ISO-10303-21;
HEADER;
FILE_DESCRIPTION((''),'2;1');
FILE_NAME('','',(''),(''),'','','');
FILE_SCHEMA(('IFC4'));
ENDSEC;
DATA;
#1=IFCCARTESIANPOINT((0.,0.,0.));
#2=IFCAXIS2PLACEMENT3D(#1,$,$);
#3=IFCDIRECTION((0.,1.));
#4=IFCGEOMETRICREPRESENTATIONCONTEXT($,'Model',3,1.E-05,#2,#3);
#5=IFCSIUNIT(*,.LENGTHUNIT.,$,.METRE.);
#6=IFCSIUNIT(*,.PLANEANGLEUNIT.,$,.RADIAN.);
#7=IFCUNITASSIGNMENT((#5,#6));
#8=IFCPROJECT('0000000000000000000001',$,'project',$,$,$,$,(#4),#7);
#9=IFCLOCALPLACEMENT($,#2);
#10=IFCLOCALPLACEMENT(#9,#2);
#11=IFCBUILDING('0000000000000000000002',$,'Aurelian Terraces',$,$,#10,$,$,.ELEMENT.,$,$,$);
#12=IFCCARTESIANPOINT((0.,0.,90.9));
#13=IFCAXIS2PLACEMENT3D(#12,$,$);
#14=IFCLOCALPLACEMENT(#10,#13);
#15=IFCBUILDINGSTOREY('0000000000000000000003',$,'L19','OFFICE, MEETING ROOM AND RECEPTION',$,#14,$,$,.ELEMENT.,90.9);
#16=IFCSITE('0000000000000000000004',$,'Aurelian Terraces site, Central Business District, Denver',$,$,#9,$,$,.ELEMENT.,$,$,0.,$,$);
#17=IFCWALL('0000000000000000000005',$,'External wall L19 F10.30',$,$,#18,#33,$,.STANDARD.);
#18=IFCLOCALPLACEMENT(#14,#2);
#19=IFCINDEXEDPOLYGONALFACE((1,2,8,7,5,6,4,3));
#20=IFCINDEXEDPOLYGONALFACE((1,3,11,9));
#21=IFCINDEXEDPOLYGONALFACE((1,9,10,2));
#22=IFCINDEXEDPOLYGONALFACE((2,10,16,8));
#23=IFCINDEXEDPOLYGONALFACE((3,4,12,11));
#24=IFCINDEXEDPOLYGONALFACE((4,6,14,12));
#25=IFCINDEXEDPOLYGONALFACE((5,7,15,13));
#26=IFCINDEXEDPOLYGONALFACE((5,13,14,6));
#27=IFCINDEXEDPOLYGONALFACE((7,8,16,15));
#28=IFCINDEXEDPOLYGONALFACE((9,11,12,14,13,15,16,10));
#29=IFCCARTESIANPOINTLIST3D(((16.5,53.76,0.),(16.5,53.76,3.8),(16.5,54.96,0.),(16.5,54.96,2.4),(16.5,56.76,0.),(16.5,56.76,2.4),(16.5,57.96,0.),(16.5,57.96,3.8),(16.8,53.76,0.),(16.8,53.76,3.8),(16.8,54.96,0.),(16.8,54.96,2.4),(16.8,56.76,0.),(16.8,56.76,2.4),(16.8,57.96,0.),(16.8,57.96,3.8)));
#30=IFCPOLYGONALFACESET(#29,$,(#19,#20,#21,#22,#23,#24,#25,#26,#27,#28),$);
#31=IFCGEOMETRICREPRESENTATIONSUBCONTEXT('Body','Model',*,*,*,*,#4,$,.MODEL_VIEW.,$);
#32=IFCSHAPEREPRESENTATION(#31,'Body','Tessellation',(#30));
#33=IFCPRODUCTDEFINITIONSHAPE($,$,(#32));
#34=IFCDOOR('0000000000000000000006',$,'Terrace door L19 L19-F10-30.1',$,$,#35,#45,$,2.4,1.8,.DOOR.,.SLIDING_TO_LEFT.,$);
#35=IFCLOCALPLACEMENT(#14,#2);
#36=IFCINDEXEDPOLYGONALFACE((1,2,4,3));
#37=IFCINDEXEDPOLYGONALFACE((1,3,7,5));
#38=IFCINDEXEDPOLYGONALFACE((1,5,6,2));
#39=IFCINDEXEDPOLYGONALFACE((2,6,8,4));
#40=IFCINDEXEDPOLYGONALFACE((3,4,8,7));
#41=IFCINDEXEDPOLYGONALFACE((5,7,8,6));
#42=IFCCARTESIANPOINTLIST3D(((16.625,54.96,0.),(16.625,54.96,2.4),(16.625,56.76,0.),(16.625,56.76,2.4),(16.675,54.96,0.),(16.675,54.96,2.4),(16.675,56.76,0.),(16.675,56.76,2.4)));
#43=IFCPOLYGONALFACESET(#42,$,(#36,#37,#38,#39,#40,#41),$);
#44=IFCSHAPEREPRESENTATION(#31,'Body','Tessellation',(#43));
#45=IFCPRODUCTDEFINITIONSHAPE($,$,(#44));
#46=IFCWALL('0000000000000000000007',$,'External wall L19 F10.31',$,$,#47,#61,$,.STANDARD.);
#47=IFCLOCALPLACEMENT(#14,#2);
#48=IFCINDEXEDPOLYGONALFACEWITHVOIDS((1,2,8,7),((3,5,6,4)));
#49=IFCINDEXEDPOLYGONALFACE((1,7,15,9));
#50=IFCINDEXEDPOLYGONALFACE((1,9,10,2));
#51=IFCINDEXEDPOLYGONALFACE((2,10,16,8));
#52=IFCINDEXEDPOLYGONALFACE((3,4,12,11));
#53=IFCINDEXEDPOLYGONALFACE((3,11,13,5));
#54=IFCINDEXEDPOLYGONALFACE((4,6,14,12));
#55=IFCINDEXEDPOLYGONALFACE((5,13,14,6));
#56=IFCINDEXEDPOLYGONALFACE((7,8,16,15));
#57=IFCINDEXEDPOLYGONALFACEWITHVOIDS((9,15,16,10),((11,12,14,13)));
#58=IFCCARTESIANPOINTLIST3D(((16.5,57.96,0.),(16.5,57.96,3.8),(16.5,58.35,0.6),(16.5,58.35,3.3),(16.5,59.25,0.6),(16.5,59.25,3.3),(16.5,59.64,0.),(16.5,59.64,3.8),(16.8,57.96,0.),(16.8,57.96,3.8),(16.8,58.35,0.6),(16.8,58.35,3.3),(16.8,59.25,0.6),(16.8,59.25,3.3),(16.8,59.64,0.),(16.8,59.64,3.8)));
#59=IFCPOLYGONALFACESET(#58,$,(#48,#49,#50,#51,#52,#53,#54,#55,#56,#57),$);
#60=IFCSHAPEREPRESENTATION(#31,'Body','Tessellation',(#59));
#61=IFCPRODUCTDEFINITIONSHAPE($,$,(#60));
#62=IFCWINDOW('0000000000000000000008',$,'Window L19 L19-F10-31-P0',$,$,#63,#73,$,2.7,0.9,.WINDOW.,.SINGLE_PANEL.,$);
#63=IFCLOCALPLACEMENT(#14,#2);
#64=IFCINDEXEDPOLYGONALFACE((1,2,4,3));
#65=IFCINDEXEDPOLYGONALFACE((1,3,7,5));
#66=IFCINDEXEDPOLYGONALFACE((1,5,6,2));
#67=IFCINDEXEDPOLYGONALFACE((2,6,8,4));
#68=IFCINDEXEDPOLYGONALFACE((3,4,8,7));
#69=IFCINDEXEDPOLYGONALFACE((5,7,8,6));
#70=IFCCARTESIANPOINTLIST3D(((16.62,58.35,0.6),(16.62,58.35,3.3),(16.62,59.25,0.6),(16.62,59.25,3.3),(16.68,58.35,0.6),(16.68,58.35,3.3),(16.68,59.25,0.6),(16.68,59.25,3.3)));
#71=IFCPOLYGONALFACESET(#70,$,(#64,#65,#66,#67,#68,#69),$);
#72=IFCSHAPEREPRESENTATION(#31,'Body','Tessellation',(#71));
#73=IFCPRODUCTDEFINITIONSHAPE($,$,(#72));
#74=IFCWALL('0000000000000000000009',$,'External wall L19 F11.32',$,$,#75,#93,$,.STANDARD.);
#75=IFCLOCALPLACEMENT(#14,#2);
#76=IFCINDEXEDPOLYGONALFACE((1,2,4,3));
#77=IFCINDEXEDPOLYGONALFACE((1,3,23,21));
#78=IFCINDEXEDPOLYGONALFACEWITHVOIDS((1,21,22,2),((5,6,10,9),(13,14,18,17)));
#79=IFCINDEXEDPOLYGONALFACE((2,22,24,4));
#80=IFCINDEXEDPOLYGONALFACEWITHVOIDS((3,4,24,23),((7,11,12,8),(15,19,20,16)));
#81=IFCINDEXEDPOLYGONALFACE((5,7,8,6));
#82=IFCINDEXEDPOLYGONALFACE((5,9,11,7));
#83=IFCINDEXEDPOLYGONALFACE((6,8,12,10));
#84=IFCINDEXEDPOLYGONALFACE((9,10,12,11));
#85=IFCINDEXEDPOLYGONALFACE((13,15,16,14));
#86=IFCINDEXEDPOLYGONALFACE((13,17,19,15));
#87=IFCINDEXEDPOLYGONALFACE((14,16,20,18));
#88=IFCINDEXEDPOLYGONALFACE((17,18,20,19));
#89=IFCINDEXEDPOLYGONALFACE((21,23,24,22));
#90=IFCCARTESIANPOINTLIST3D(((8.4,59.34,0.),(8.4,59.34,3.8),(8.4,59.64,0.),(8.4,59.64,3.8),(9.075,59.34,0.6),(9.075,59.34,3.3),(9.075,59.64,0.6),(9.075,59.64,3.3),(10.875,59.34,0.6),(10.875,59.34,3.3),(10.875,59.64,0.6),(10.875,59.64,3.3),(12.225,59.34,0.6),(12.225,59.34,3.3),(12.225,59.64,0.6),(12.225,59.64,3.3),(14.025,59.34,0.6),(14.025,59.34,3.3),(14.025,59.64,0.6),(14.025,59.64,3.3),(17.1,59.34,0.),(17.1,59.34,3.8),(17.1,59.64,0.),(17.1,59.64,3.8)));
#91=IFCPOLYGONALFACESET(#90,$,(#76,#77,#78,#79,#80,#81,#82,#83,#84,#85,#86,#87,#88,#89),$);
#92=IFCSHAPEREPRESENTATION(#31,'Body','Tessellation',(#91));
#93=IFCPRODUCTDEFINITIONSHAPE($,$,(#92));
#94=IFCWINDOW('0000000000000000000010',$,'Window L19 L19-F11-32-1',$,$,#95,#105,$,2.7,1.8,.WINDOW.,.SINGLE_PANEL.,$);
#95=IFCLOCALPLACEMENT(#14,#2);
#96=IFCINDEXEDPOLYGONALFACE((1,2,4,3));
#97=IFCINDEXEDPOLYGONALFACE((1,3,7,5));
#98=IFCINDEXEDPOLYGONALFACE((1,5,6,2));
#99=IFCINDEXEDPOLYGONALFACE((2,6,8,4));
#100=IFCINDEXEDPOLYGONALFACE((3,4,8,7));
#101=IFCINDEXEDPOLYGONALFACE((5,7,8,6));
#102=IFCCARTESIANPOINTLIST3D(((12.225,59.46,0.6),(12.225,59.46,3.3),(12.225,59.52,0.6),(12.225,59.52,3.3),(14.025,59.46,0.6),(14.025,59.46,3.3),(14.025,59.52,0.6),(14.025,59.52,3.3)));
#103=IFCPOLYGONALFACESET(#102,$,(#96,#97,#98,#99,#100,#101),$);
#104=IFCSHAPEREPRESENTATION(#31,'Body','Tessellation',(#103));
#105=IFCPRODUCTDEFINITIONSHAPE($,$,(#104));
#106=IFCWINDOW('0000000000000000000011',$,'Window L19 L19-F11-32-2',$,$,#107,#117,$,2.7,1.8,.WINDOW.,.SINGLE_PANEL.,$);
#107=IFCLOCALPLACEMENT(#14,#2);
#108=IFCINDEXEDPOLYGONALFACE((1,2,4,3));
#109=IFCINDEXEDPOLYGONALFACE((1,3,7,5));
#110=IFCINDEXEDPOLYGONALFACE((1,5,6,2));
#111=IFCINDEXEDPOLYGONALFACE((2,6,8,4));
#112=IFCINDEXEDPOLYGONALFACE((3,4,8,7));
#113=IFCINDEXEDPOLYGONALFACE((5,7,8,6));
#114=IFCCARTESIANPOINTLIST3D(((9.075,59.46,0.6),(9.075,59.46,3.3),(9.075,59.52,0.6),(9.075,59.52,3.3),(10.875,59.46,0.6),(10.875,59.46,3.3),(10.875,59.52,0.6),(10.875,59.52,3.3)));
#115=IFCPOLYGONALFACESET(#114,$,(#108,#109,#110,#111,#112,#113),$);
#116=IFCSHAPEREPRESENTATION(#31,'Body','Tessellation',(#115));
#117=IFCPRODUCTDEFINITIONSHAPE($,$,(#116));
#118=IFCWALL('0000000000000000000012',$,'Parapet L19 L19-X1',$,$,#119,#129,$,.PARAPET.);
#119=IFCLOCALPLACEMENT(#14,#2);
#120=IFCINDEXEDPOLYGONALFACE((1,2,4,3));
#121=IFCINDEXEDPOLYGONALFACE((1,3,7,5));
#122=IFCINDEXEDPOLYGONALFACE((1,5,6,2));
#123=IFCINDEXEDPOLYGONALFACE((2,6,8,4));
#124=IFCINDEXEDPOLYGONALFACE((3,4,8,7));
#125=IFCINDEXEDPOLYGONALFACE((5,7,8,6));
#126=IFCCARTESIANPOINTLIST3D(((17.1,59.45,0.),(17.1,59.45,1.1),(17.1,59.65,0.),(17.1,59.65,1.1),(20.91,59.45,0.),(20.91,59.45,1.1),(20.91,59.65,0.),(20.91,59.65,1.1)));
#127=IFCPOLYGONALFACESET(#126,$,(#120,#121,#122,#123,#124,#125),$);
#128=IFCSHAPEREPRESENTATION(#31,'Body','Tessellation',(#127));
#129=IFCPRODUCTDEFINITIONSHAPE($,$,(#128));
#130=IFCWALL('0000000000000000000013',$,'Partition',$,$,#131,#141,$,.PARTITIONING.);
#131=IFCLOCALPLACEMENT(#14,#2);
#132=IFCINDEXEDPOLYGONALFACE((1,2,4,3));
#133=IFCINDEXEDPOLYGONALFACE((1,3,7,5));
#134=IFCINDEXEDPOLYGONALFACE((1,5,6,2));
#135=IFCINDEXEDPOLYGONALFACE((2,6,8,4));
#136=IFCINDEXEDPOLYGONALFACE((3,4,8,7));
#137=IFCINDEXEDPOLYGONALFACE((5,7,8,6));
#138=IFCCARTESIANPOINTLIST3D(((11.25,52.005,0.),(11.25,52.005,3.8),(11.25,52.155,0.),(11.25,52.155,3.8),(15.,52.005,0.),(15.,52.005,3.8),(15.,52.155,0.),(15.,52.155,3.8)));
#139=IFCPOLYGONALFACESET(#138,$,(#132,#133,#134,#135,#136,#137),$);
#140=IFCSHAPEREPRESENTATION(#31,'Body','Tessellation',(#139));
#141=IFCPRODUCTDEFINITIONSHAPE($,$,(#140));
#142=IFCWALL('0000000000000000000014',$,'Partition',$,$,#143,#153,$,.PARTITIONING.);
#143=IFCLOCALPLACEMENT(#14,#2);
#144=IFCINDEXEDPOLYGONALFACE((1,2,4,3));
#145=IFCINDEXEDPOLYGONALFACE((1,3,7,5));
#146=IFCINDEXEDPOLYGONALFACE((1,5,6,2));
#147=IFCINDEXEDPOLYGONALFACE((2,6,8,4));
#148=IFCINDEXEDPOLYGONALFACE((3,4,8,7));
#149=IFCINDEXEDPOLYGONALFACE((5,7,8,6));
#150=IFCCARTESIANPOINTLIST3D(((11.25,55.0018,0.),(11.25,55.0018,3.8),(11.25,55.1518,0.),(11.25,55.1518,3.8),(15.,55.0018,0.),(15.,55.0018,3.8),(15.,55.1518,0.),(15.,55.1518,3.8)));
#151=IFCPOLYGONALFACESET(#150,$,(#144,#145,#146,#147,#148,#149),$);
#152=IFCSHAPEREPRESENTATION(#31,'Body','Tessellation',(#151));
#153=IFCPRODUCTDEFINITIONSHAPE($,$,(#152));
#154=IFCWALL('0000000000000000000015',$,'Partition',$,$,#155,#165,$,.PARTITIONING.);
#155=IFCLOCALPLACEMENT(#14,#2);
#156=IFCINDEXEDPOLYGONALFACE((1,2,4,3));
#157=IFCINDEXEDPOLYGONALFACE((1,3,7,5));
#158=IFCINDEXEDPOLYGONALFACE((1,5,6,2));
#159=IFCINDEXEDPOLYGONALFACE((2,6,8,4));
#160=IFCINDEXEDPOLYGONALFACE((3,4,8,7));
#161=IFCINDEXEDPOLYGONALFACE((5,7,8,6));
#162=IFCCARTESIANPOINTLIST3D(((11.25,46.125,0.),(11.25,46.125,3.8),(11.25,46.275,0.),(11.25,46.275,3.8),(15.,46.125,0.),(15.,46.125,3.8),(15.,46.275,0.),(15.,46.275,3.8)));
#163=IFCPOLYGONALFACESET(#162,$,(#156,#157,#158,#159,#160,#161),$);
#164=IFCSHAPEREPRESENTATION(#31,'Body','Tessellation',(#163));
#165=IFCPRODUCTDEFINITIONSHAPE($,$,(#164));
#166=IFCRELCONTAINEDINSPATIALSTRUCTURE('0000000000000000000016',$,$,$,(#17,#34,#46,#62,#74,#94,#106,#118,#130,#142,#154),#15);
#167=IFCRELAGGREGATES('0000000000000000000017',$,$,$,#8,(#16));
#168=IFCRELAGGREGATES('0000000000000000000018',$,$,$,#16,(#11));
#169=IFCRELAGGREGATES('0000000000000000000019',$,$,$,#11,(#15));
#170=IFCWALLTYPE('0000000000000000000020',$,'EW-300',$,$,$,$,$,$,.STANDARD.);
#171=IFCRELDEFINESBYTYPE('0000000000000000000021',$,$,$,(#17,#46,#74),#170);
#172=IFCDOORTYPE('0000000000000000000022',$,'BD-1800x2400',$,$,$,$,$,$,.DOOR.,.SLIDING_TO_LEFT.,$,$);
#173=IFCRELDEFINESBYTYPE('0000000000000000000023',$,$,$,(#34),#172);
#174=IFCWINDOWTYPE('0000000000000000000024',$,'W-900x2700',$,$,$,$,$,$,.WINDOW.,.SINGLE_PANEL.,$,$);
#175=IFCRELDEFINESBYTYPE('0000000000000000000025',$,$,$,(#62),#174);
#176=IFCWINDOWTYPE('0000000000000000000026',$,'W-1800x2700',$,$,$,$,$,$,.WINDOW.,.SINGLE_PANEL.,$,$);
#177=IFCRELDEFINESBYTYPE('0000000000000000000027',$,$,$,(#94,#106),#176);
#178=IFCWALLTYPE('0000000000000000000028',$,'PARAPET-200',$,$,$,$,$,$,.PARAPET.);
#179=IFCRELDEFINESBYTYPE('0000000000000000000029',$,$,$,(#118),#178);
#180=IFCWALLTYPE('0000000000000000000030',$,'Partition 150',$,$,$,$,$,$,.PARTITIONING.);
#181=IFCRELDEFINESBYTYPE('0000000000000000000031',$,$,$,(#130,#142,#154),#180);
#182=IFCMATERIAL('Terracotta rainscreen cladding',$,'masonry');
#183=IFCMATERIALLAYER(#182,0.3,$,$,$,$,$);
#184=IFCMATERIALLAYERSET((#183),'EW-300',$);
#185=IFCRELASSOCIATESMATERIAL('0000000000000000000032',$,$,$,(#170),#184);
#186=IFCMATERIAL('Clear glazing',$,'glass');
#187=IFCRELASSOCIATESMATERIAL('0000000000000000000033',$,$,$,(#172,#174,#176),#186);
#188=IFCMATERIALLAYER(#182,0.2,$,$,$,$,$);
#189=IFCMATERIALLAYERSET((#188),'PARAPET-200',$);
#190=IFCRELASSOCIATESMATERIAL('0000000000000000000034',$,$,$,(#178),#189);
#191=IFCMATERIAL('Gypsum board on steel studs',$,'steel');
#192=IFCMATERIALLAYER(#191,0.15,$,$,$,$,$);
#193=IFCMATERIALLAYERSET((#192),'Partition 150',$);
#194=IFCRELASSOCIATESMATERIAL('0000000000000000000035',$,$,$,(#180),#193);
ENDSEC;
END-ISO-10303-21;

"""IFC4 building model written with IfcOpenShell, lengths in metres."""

from ifc_helpers import new_model, si_unit, direction, frame, frame_2d, origin, place, context, subcontext, project, spatial, rectangle, extrude, source, transform, mapped, material, layer, layer_set, type_object, element, fill, save


model = new_model("IFC4")

# Units and contexts
model_context = context("Model", 3, precision=1e-05, world=origin(), true_north=direction((0.0, 1.0)))
body_context = subcontext(model_context, "Body", "Model", "MODEL_VIEW")
ifc_project = project(units=[si_unit("LENGTHUNIT", "METRE"), si_unit("PLANEANGLEUNIT", "RADIAN")], contexts=[model_context])

# Site, building, storey
site_placement = place(None, origin())
site = spatial("IfcSite", under=ifc_project, at=site_placement, Name="Aurelian Terraces site, Central Business District, Denver", CompositionType="ELEMENT", RefElevation=0.0)
building_placement = place(site_placement, origin())
building = spatial("IfcBuilding", under=site, at=building_placement, Name="Aurelian Terraces", CompositionType="ELEMENT")
storey_placement = place(building_placement, frame((0.0, 0.0, 90.9)))
storey = spatial("IfcBuildingStorey", under=building, at=storey_placement, Name="L19", Description="OFFICE, MEETING ROOM AND RECEPTION", CompositionType="ELEMENT", Elevation=90.9)

# Shared definitions
ifc_material_1 = material(Name="Gypsum board on steel studs", Category="steel")

# Wall, opening, door
ifc_material_2 = material(Name="Terracotta rainscreen cladding", Category="masonry")
ifc_layer_1 = layer(ifc_material_2, 0.3)
ifc_layer_set_1 = layer_set([ifc_layer_1], Name="EW-300")
wall_type_1 = type_object("IfcWallType", Name="EW-300", PredefinedType="STANDARD", material=ifc_layer_set_1)
shared_shape_1 = source(origin(), body_context, "Body", "SweptSolid", [
    extrude(rectangle(XDim=4.2, YDim=0.3, at=frame_2d((2.1, 0.0))), origin(), (0.0, 0.0, 1.0), 3.8),
])
wall_1_placement = place(storey_placement, frame((16.65, 53.76, 0.0), z_axis=(0.0, 0.0, 1.0), x_axis=(0.0, 1.0, 0.0)))
wall_1 = element("IfcWall", 1, at=wall_1_placement, inside=storey, type_object=wall_type_1, Name="External wall L19 F10.30", PredefinedType="STANDARD", context=body_context, shape_type="MappedRepresentation", body=[
    mapped(shared_shape_1, transform((0.0, 0.0, 0.0), scale=1.0)),
])
shared_shape_2 = source(origin(), body_context, "Body", "SweptSolid", [
    extrude(rectangle(XDim=1.8, YDim=2.4, at=frame_2d((0.9, 1.2))), frame((0.0, 0.16, 0.0), z_axis=(0.0, -1.0, 0.0), x_axis=(1.0, 0.0, 0.0)), (0.0, 0.0, 1.0), 0.32),
])
opening_1_placement = place(wall_1_placement, frame((1.2, 0.0, 0.0)))
opening_1 = element("IfcOpeningElement", 2, at=opening_1_placement, cuts=wall_1, PredefinedType="OPENING", context=body_context, shape_type="MappedRepresentation", body=[
    mapped(shared_shape_2, transform((0.0, 0.0, 0.0), scale=1.0)),
])
ifc_material_3 = material(Name="Clear glazing", Category="glass")
door_type_1 = type_object("IfcDoorType", Name="BD-1800x2400", OperationType="SLIDING_TO_LEFT", PredefinedType="DOOR", material=ifc_material_3)
shared_shape_3 = source(origin(), body_context, "Body", "SweptSolid", [
    extrude(rectangle(XDim=1.8, YDim=2.4, at=frame_2d((0.9, 1.2))), frame((0.0, 0.025, 0.0), z_axis=(0.0, -1.0, 0.0), x_axis=(1.0, 0.0, 0.0)), (0.0, 0.0, 1.0), 0.05),
])
door_1_placement = place(opening_1_placement, origin())
door_1 = element("IfcDoor", 3, at=door_1_placement, inside=storey, type_object=door_type_1, Name="Terrace door L19 L19-F10-30.1", OperationType="SLIDING_TO_LEFT", OverallHeight=2.4, OverallWidth=1.8, PredefinedType="DOOR", context=body_context, shape_type="MappedRepresentation", body=[
    mapped(shared_shape_3, transform((0.0, 0.0, 0.0), scale=1.0)),
])
fill(opening_1, door_1)

# Wall, opening, window
shared_shape_4 = source(origin(), body_context, "Body", "SweptSolid", [
    extrude(rectangle(XDim=1.68, YDim=0.3, at=frame_2d((0.84, 0.0))), origin(), (0.0, 0.0, 1.0), 3.8),
])
wall_2_placement = place(storey_placement, frame((16.65, 57.96, 0.0), z_axis=(0.0, 0.0, 1.0), x_axis=(0.0, 1.0, 0.0)))
wall_2 = element("IfcWall", 4, at=wall_2_placement, inside=storey, type_object=wall_type_1, Name="External wall L19 F10.31", PredefinedType="STANDARD", context=body_context, shape_type="MappedRepresentation", body=[
    mapped(shared_shape_4, transform((0.0, 0.0, 0.0), scale=1.0)),
])
shared_shape_5 = source(origin(), body_context, "Body", "SweptSolid", [
    extrude(rectangle(XDim=0.9, YDim=2.7, at=frame_2d((0.45, 1.35))), frame((0.0, 0.16, 0.0), z_axis=(0.0, -1.0, 0.0), x_axis=(1.0, 0.0, 0.0)), (0.0, 0.0, 1.0), 0.32),
])
opening_2_placement = place(wall_2_placement, frame((0.39, 0.0, 0.6)))
opening_2 = element("IfcOpeningElement", 5, at=opening_2_placement, cuts=wall_2, PredefinedType="OPENING", context=body_context, shape_type="MappedRepresentation", body=[
    mapped(shared_shape_5, transform((0.0, 0.0, 0.0), scale=1.0)),
])
window_type_1 = type_object("IfcWindowType", Name="W-900x2700", PartitioningType="SINGLE_PANEL", PredefinedType="WINDOW", material=ifc_material_3)
shared_shape_6 = source(origin(), body_context, "Body", "SweptSolid", [
    extrude(rectangle(XDim=0.9, YDim=2.7, at=frame_2d((0.45, 1.35))), frame((0.0, 0.03, 0.0), z_axis=(0.0, -1.0, 0.0), x_axis=(1.0, 0.0, 0.0)), (0.0, 0.0, 1.0), 0.06),
])
window_1_placement = place(opening_2_placement, origin())
window_1 = element("IfcWindow", 6, at=window_1_placement, inside=storey, type_object=window_type_1, Name="Window L19 L19-F10-31-P0", OverallHeight=2.7, OverallWidth=0.9, PartitioningType="SINGLE_PANEL", PredefinedType="WINDOW", context=body_context, shape_type="MappedRepresentation", body=[
    mapped(shared_shape_6, transform((0.0, 0.0, 0.0), scale=1.0)),
])
fill(opening_2, window_1)

# Wall, openings, windows
shared_shape_7 = source(origin(), body_context, "Body", "SweptSolid", [
    extrude(rectangle(XDim=8.7, YDim=0.3, at=frame_2d((4.35, 0.0))), origin(), (0.0, 0.0, 1.0), 3.8),
])
wall_3_placement = place(storey_placement, frame((17.1, 59.49, 0.0), z_axis=(0.0, 0.0, 1.0), x_axis=(-1.0, 0.0, 0.0)))
wall_3 = element("IfcWall", 7, at=wall_3_placement, inside=storey, type_object=wall_type_1, Name="External wall L19 F11.32", PredefinedType="STANDARD", context=body_context, shape_type="MappedRepresentation", body=[
    mapped(shared_shape_7, transform((0.0, 0.0, 0.0), scale=1.0)),
])
shared_shape_8 = source(origin(), body_context, "Body", "SweptSolid", [
    extrude(rectangle(XDim=1.8, YDim=2.7, at=frame_2d((0.9, 1.35))), frame((0.0, 0.16, 0.0), z_axis=(0.0, -1.0, 0.0), x_axis=(1.0, 0.0, 0.0)), (0.0, 0.0, 1.0), 0.32),
])
opening_3_placement = place(wall_3_placement, frame((3.075, 0.0, 0.6)))
opening_3 = element("IfcOpeningElement", 8, at=opening_3_placement, cuts=wall_3, PredefinedType="OPENING", context=body_context, shape_type="MappedRepresentation", body=[
    mapped(shared_shape_8, transform((0.0, 0.0, 0.0), scale=1.0)),
])
opening_4_placement = place(wall_3_placement, frame((6.225, 0.0, 0.6)))
opening_4 = element("IfcOpeningElement", 9, at=opening_4_placement, cuts=wall_3, PredefinedType="OPENING", context=body_context, shape_type="MappedRepresentation", body=[
    mapped(shared_shape_8, transform((0.0, 0.0, 0.0), scale=1.0)),
])
window_type_2 = type_object("IfcWindowType", Name="W-1800x2700", PartitioningType="SINGLE_PANEL", PredefinedType="WINDOW", material=ifc_material_3)
shared_shape_9 = source(origin(), body_context, "Body", "SweptSolid", [
    extrude(rectangle(XDim=1.8, YDim=2.7, at=frame_2d((0.9, 1.35))), frame((0.0, 0.03, 0.0), z_axis=(0.0, -1.0, 0.0), x_axis=(1.0, 0.0, 0.0)), (0.0, 0.0, 1.0), 0.06),
])
window_2_placement = place(opening_3_placement, origin())
window_2 = element("IfcWindow", 10, at=window_2_placement, inside=storey, type_object=window_type_2, Name="Window L19 L19-F11-32-1", OverallHeight=2.7, OverallWidth=1.8, PartitioningType="SINGLE_PANEL", PredefinedType="WINDOW", context=body_context, shape_type="MappedRepresentation", body=[
    mapped(shared_shape_9, transform((0.0, 0.0, 0.0), scale=1.0)),
])
fill(opening_3, window_2)
window_3_placement = place(opening_4_placement, origin())
window_3 = element("IfcWindow", 11, at=window_3_placement, inside=storey, type_object=window_type_2, Name="Window L19 L19-F11-32-2", OverallHeight=2.7, OverallWidth=1.8, PartitioningType="SINGLE_PANEL", PredefinedType="WINDOW", context=body_context, shape_type="MappedRepresentation", body=[
    mapped(shared_shape_9, transform((0.0, 0.0, 0.0), scale=1.0)),
])
fill(opening_4, window_3)

# Walls
ifc_layer_2 = layer(ifc_material_2, 0.2)
ifc_layer_set_2 = layer_set([ifc_layer_2], Name="PARAPET-200")
wall_type_2 = type_object("IfcWallType", Name="PARAPET-200", PredefinedType="PARAPET", material=ifc_layer_set_2)
shared_shape_10 = source(origin(), body_context, "Body", "SweptSolid", [
    extrude(rectangle(XDim=3.81, YDim=0.2, at=frame_2d((1.905, 0.0))), origin(), (0.0, 0.0, 1.0), 1.1),
])
wall_4_placement = place(storey_placement, frame((17.1, 59.55, 0.0), z_axis=(0.0, 0.0, 1.0), x_axis=(1.0, 0.0, 0.0)))
element("IfcWall", 12, at=wall_4_placement, inside=storey, type_object=wall_type_2, Name="Parapet L19 L19-X1", PredefinedType="PARAPET", context=body_context, shape_type="MappedRepresentation", body=[
    mapped(shared_shape_10, transform((0.0, 0.0, 0.0), scale=1.0)),
])
ifc_layer_3 = layer(ifc_material_1, 0.15)
ifc_layer_set_3 = layer_set([ifc_layer_3], Name="Partition 150")
wall_type_3 = type_object("IfcWallType", Name="Partition 150", PredefinedType="PARTITIONING", material=ifc_layer_set_3)
shared_shape_11 = source(origin(), body_context, "Body", "SweptSolid", [
    extrude(rectangle(XDim=3.75, YDim=0.15, at=frame_2d((1.875, 0.0))), origin(), (0.0, 0.0, 1.0), 3.8),
])
for number, where, z_axis, x_axis, name in (
    (13, (15.0, 52.08, 0.0), (0.0, 0.0, 1.0), (-1.0, 0.0, 0.0), "Partition"),
    (14, (15.0, 55.0768, 0.0), (0.0, 0.0, 1.0), (-1.0, 0.0, 0.0), "Partition"),
    (15, (15.0, 46.2, 0.0), (0.0, 0.0, 1.0), (-1.0, 0.0, 0.0), "Partition"),
):
    element("IfcWall", number, at=place(storey_placement, frame(where, z_axis=z_axis, x_axis=x_axis)), inside=storey, type_object=wall_type_3, Name=name, PredefinedType="PARTITIONING", context=body_context, shape_type="MappedRepresentation", body=[
        mapped(shared_shape_11, transform((0.0, 0.0, 0.0), scale=1.0)),
    ])

save(model, "model.ifc")
